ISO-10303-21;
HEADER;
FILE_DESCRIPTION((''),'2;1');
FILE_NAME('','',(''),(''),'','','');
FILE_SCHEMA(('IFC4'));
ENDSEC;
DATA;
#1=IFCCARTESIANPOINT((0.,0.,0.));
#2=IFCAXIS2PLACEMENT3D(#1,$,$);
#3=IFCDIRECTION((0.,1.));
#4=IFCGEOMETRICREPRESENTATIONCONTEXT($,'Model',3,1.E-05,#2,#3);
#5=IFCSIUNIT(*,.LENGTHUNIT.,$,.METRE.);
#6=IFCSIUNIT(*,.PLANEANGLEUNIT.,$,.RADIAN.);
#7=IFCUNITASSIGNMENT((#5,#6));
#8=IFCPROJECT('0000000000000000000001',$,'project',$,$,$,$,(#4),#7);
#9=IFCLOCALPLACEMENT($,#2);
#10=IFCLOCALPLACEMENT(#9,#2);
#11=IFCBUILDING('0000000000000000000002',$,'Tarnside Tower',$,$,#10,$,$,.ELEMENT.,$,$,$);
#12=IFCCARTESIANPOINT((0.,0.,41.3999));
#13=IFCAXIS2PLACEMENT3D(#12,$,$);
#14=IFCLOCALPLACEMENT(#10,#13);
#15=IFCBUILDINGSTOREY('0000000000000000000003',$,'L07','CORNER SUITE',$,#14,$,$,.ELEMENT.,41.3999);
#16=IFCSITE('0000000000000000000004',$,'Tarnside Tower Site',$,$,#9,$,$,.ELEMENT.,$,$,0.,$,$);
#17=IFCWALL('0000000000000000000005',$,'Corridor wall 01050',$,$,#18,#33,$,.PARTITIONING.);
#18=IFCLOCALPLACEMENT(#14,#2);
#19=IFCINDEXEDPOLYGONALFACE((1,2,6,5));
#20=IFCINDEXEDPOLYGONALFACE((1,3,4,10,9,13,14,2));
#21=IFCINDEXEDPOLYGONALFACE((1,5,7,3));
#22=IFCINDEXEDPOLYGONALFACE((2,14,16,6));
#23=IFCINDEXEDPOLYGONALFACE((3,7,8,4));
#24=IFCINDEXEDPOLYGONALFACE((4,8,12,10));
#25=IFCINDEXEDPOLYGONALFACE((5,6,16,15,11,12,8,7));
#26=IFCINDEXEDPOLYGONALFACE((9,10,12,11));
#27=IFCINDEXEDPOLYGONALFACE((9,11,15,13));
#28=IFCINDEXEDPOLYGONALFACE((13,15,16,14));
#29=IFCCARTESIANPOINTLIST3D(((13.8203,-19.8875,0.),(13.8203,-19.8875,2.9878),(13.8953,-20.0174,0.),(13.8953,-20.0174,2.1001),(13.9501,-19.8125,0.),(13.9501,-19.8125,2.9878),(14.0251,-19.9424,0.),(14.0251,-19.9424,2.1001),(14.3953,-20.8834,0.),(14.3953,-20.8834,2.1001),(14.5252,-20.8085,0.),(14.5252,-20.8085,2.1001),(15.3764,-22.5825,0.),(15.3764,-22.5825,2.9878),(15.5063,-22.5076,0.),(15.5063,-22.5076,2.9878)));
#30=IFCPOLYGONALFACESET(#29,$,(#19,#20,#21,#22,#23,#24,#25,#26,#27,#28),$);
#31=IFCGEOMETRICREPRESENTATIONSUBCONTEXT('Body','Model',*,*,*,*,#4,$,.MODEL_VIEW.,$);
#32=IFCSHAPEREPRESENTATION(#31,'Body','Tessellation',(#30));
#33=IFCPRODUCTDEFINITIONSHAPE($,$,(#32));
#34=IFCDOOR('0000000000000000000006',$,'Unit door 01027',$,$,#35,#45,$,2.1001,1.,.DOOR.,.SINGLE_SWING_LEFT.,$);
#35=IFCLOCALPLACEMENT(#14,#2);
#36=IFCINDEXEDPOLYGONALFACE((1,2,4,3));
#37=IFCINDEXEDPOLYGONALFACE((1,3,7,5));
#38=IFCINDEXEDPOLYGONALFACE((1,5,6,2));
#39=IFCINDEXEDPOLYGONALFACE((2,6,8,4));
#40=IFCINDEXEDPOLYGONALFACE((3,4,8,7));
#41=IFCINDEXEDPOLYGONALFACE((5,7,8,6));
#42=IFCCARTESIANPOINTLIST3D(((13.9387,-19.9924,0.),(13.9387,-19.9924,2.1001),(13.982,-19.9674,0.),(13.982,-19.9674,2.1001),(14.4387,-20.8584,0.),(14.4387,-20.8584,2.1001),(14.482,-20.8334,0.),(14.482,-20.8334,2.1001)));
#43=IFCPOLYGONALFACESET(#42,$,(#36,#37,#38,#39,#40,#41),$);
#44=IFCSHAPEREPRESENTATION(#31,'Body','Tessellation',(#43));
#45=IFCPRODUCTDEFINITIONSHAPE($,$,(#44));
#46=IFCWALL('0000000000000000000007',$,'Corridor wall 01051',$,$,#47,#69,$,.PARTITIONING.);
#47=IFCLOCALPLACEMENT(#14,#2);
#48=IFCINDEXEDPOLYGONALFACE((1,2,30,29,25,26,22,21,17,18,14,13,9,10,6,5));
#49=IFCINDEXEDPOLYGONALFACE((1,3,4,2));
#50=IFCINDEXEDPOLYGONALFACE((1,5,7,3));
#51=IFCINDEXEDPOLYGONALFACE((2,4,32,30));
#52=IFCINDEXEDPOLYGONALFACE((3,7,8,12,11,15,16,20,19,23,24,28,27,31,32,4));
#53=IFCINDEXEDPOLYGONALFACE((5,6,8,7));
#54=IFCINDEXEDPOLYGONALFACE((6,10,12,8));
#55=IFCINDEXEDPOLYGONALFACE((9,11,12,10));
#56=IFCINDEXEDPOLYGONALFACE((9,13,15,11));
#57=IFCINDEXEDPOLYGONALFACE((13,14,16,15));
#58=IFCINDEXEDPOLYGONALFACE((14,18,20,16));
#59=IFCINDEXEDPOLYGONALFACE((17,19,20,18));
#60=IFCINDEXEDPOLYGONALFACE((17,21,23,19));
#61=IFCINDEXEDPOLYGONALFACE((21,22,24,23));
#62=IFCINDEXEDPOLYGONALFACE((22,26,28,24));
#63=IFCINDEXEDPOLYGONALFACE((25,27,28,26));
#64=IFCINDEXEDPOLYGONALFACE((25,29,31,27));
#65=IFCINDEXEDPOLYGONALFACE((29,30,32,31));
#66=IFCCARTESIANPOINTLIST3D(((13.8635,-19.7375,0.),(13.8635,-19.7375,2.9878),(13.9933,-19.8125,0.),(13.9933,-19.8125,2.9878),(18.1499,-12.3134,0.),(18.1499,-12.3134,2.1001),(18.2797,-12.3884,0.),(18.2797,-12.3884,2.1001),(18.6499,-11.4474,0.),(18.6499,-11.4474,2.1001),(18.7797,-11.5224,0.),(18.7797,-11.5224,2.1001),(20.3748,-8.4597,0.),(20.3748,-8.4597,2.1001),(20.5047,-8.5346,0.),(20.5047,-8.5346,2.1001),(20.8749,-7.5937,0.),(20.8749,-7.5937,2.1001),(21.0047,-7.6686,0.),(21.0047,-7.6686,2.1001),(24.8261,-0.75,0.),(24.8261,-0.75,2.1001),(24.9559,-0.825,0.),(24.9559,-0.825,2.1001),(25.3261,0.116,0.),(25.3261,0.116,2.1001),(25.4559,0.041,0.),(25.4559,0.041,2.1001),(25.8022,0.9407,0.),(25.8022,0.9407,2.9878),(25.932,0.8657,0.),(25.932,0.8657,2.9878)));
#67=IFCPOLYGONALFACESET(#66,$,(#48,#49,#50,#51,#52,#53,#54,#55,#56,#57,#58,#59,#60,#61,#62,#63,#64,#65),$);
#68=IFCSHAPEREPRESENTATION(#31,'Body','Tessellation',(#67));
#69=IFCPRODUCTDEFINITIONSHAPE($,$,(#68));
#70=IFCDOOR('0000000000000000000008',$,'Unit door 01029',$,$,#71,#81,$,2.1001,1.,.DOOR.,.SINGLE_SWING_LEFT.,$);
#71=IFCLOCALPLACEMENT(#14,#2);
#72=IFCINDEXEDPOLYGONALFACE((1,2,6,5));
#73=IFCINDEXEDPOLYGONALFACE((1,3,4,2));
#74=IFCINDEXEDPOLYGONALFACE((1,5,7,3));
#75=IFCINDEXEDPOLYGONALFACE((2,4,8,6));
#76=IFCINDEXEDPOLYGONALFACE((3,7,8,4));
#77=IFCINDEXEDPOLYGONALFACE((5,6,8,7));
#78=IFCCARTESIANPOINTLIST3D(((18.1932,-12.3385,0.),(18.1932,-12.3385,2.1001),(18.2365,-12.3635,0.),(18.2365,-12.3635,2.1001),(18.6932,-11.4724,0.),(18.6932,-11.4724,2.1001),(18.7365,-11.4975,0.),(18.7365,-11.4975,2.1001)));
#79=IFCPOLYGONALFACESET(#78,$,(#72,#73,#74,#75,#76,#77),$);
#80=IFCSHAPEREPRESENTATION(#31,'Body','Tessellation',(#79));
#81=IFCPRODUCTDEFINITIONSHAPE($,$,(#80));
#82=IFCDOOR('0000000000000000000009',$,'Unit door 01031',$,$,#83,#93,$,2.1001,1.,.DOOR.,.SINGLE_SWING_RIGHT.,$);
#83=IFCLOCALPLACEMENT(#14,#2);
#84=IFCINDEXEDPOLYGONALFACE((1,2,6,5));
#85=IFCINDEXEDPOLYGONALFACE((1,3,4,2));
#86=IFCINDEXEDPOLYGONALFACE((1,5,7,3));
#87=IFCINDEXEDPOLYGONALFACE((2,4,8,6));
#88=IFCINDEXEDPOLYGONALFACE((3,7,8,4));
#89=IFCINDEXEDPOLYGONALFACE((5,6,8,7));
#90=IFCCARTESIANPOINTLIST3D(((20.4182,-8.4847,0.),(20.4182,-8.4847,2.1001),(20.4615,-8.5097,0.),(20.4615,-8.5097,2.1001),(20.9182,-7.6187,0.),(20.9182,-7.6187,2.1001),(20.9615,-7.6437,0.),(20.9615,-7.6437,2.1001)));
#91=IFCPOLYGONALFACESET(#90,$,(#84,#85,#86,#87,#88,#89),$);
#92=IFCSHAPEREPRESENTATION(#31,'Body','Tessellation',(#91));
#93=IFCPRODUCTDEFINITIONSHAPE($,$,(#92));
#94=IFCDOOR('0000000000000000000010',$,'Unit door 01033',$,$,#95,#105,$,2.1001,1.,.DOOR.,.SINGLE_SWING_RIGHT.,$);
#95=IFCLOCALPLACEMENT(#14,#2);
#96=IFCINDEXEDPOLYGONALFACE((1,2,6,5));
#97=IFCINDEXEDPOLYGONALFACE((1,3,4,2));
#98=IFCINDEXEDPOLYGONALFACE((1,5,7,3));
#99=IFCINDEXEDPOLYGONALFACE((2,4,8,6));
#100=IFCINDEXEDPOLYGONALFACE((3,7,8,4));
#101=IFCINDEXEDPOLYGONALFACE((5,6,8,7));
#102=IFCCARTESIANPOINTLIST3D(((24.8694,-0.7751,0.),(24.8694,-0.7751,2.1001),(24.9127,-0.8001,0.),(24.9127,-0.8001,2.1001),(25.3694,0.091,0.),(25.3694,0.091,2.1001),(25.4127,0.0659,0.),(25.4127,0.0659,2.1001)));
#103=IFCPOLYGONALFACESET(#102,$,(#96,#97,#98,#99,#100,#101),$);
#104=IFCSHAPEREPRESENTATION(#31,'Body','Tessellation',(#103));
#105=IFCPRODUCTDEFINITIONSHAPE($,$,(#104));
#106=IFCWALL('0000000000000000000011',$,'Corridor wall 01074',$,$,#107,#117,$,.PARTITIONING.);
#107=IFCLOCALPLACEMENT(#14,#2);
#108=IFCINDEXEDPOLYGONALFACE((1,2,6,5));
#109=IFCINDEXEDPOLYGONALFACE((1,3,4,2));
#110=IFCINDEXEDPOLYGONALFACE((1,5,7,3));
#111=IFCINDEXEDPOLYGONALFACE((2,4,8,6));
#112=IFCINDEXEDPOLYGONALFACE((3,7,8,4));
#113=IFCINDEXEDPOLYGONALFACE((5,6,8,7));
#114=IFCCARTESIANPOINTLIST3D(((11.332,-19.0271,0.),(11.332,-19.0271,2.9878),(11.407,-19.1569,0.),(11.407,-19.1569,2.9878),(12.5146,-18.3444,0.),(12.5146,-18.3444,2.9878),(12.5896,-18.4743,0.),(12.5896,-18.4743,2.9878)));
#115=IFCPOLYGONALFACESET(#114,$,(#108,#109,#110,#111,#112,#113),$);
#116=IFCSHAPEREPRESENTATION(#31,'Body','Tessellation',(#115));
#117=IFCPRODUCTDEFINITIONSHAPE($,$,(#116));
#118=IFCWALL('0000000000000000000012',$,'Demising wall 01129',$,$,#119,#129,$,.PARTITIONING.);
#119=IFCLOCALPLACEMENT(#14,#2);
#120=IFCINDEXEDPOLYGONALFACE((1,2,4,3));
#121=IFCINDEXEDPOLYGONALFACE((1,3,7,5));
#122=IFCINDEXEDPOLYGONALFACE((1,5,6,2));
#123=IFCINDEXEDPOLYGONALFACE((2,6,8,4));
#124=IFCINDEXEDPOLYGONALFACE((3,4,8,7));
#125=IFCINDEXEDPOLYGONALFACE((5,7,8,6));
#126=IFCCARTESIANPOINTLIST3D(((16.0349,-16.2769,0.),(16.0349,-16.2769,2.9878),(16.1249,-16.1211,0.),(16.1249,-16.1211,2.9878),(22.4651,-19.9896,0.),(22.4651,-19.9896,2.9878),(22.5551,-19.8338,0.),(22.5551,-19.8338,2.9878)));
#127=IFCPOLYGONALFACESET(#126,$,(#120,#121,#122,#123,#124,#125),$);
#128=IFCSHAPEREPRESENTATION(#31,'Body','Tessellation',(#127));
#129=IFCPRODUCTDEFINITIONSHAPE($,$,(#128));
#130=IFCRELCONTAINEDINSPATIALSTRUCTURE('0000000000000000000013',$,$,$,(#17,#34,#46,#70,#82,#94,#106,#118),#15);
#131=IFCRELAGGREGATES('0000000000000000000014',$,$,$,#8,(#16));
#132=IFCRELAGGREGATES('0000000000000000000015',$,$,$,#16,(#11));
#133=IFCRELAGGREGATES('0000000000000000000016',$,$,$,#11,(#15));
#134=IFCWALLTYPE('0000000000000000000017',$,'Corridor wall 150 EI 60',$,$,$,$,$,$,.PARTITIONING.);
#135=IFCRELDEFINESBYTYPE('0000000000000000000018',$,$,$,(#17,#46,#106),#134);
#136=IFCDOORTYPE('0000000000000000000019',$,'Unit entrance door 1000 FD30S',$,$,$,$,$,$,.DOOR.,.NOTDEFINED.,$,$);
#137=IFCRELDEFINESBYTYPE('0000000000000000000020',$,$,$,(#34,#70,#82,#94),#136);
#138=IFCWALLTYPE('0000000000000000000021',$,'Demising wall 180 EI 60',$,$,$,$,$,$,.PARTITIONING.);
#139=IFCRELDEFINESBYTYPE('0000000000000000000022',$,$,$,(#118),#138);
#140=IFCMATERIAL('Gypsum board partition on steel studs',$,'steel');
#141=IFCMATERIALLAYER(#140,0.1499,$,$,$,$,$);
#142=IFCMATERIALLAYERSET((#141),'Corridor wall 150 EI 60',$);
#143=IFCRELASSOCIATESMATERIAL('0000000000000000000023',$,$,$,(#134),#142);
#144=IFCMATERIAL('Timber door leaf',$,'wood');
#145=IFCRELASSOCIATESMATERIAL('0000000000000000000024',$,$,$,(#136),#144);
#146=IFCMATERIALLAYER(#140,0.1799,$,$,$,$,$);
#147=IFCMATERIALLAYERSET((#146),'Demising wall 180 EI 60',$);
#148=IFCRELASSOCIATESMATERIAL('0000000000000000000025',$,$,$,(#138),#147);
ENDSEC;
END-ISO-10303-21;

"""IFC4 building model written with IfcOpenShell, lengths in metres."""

from ifc_helpers import new_model, si_unit, direction, frame, frame_2d, origin, place, context, subcontext, project, spatial, rectangle, extrude, material, layer, layer_set, type_object, element, fill, save


model = new_model("IFC4")

# Units and contexts
model_context = context("Model", 3, precision=1e-05, world=origin(), true_north=direction((0.0, 1.0)))
body_context = subcontext(model_context, "Body", "Model", "MODEL_VIEW")
ifc_project = project(units=[si_unit("LENGTHUNIT", "METRE"), si_unit("PLANEANGLEUNIT", "RADIAN")], contexts=[model_context])

# Site, building, storey
site_placement = place(None, origin())
site = spatial("IfcSite", under=ifc_project, at=site_placement, Name="Tarnside Tower Site", CompositionType="ELEMENT", RefElevation=0.0)
building_placement = place(site_placement, origin())
building = spatial("IfcBuilding", under=site, at=building_placement, Name="Tarnside Tower", CompositionType="ELEMENT")
storey_placement = place(building_placement, frame((0.0, 0.0, 41.3999)))
storey = spatial("IfcBuildingStorey", under=building, at=storey_placement, Name="L07", Description="CORNER SUITE", CompositionType="ELEMENT", Elevation=41.3999)

# Shared definitions
ifc_material_1 = material(Name="Gypsum board partition on steel studs", Category="steel")

# Shared definitions
ifc_material_2 = material(Name="Timber door leaf", Category="wood")

# Shared definitions
ifc_layer_1 = layer(ifc_material_1, 0.1499)
ifc_layer_set_1 = layer_set([ifc_layer_1], Name="Corridor wall 150 EI 60")
wall_type_1 = type_object("IfcWallType", Name="Corridor wall 150 EI 60", PredefinedType="PARTITIONING", material=ifc_layer_set_1)

# Wall, opening, door
wall_1_placement = place(storey_placement, frame((15.4414, -22.5452, 0.0), z_axis=(0.0, 0.0, 1.0), x_axis=(-0.500037, 0.866004, 0.0)))
wall_1 = element("IfcWall", 1, at=wall_1_placement, inside=storey, type_object=wall_type_1, Name="Corridor wall 01050", PredefinedType="PARTITIONING", context=body_context, shape_type="SweptSolid", body=[
    extrude(rectangle(XDim=3.1121, YDim=0.1499, at=frame_2d((1.5562, 0.0))), origin(), (0.0, 0.0, 1.0), 2.9878),
])
opening_1_placement = place(wall_1_placement, frame((1.9622, 0.0, 0.0)))
opening_1 = element("IfcOpeningElement", 2, at=opening_1_placement, cuts=wall_1, PredefinedType="OPENING", context=body_context, shape_type="SweptSolid", body=[
    extrude(rectangle(XDim=1.0, YDim=2.1001, at=frame_2d((0.5, 1.05))), frame((0.0, 0.085, 0.0), z_axis=(0.0, -1.0, 0.0), x_axis=(1.0, 0.0, 0.0)), (0.0, 0.0, 1.0), 0.1699),
])
door_type_1 = type_object("IfcDoorType", Name="Unit entrance door 1000 FD30S", OperationType="NOTDEFINED", PredefinedType="DOOR", material=ifc_material_2)
door_1_placement = place(opening_1_placement, origin())
door_1 = element("IfcDoor", 3, at=door_1_placement, inside=storey, type_object=door_type_1, Name="Unit door 01027", OperationType="SINGLE_SWING_LEFT", OverallHeight=2.1001, OverallWidth=1.0, PredefinedType="DOOR", context=body_context, shape_type="SweptSolid", body=[
    extrude(rectangle(XDim=1.0, YDim=2.1001, at=frame_2d((0.5, 1.05))), frame((0.0, 0.0249, 0.0), z_axis=(0.0, -1.0, 0.0), x_axis=(1.0, 0.0, 0.0)), (0.0, 0.0, 1.0), 0.05),
])
fill(opening_1, door_1)

# Wall, openings, doors
wall_2_placement = place(storey_placement, frame((13.9285, -19.7749, 0.0), z_axis=(0.0, 0.0, 1.0), x_axis=(0.500005, 0.866023, 0.0)))
wall_2 = element("IfcWall", 4, at=wall_2_placement, inside=storey, type_object=wall_type_1, Name="Corridor wall 01051", PredefinedType="PARTITIONING", context=body_context, shape_type="SweptSolid", body=[
    extrude(rectangle(XDim=23.8772, YDim=0.1499, at=frame_2d((11.9385, 0.0))), origin(), (0.0, 0.0, 1.0), 2.9878),
])
opening_2_placement = place(wall_2_placement, frame((8.5725, 0.0, 0.0)))
opening_2 = element("IfcOpeningElement", 5, at=opening_2_placement, cuts=wall_2, PredefinedType="OPENING", context=body_context, shape_type="SweptSolid", body=[
    extrude(rectangle(XDim=1.0, YDim=2.1001, at=frame_2d((0.5, 1.05))), frame((0.0, 0.085, 0.0), z_axis=(0.0, -1.0, 0.0), x_axis=(1.0, 0.0, 0.0)), (0.0, 0.0, 1.0), 0.1699),
])
opening_3_placement = place(wall_2_placement, frame((13.0225, 0.0, 0.0)))
opening_3 = element("IfcOpeningElement", 6, at=opening_3_placement, cuts=wall_2, PredefinedType="OPENING", context=body_context, shape_type="SweptSolid", body=[
    extrude(rectangle(XDim=1.0, YDim=2.1001, at=frame_2d((0.5, 1.05))), frame((0.0, 0.085, 0.0), z_axis=(0.0, -1.0, 0.0), x_axis=(1.0, 0.0, 0.0)), (0.0, 0.0, 1.0), 0.1699),
])
opening_4_placement = place(wall_2_placement, frame((21.9248, 0.0, 0.0)))
opening_4 = element("IfcOpeningElement", 7, at=opening_4_placement, cuts=wall_2, PredefinedType="OPENING", context=body_context, shape_type="SweptSolid", body=[
    extrude(rectangle(XDim=1.0, YDim=2.1001, at=frame_2d((0.5, 1.05))), frame((0.0, 0.085, 0.0), z_axis=(0.0, -1.0, 0.0), x_axis=(1.0, 0.0, 0.0)), (0.0, 0.0, 1.0), 0.1699),
])
door_2_placement = place(opening_2_placement, origin())
door_2 = element("IfcDoor", 8, at=door_2_placement, inside=storey, type_object=door_type_1, Name="Unit door 01029", OperationType="SINGLE_SWING_LEFT", OverallHeight=2.1001, OverallWidth=1.0, PredefinedType="DOOR", context=body_context, shape_type="SweptSolid", body=[
    extrude(rectangle(XDim=1.0, YDim=2.1001, at=frame_2d((0.5, 1.05))), frame((0.0, 0.0249, 0.0), z_axis=(0.0, -1.0, 0.0), x_axis=(1.0, 0.0, 0.0)), (0.0, 0.0, 1.0), 0.05),
])
fill(opening_2, door_2)
door_3_placement = place(opening_3_placement, origin())
door_3 = element("IfcDoor", 9, at=door_3_placement, inside=storey, type_object=door_type_1, Name="Unit door 01031", OperationType="SINGLE_SWING_RIGHT", OverallHeight=2.1001, OverallWidth=1.0, PredefinedType="DOOR", context=body_context, shape_type="SweptSolid", body=[
    extrude(rectangle(XDim=1.0, YDim=2.1001, at=frame_2d((0.5, 1.05))), frame((0.0, 0.0249, 0.0), z_axis=(0.0, -1.0, 0.0), x_axis=(1.0, 0.0, 0.0)), (0.0, 0.0, 1.0), 0.05),
])
fill(opening_3, door_3)
door_4_placement = place(opening_4_placement, origin())
door_4 = element("IfcDoor", 10, at=door_4_placement, inside=storey, type_object=door_type_1, Name="Unit door 01033", OperationType="SINGLE_SWING_RIGHT", OverallHeight=2.1001, OverallWidth=1.0, PredefinedType="DOOR", context=body_context, shape_type="SweptSolid", body=[
    extrude(rectangle(XDim=1.0, YDim=2.1001, at=frame_2d((0.5, 1.05))), frame((0.0, 0.0249, 0.0), z_axis=(0.0, -1.0, 0.0), x_axis=(1.0, 0.0, 0.0)), (0.0, 0.0, 1.0), 0.05),
])
fill(opening_4, door_4)

# Walls
wall_3_placement = place(storey_placement, frame((12.552, -18.4094, 0.0), z_axis=(0.0, 0.0, 1.0), x_axis=(-0.866078, -0.499908, 0.0)))
element("IfcWall", 11, at=wall_3_placement, inside=storey, type_object=wall_type_1, Name="Corridor wall 01074", PredefinedType="PARTITIONING", context=body_context, shape_type="SweptSolid", body=[
    extrude(rectangle(XDim=1.3655, YDim=0.1499, at=frame_2d((0.6826, 0.0))), origin(), (0.0, 0.0, 1.0), 2.9878),
])
ifc_layer_2 = layer(ifc_material_1, 0.1799)
ifc_layer_set_2 = layer_set([ifc_layer_2], Name="Demising wall 180 EI 60")
wall_type_2 = type_object("IfcWallType", Name="Demising wall 180 EI 60", PredefinedType="PARTITIONING", material=ifc_layer_set_2)
wall_4_placement = place(storey_placement, frame((22.51, -19.9116, 0.0), z_axis=(0.0, 0.0, 1.0), x_axis=(-0.866015, 0.500018, 0.0)))
element("IfcWall", 12, at=wall_4_placement, inside=storey, type_object=wall_type_2, Name="Demising wall 01129", PredefinedType="PARTITIONING", context=body_context, shape_type="SweptSolid", body=[
    extrude(rectangle(XDim=7.425, YDim=0.1799, at=frame_2d((3.7124, 0.0))), origin(), (0.0, 0.0, 1.0), 2.9878),
])

save(model, "model.ifc")
